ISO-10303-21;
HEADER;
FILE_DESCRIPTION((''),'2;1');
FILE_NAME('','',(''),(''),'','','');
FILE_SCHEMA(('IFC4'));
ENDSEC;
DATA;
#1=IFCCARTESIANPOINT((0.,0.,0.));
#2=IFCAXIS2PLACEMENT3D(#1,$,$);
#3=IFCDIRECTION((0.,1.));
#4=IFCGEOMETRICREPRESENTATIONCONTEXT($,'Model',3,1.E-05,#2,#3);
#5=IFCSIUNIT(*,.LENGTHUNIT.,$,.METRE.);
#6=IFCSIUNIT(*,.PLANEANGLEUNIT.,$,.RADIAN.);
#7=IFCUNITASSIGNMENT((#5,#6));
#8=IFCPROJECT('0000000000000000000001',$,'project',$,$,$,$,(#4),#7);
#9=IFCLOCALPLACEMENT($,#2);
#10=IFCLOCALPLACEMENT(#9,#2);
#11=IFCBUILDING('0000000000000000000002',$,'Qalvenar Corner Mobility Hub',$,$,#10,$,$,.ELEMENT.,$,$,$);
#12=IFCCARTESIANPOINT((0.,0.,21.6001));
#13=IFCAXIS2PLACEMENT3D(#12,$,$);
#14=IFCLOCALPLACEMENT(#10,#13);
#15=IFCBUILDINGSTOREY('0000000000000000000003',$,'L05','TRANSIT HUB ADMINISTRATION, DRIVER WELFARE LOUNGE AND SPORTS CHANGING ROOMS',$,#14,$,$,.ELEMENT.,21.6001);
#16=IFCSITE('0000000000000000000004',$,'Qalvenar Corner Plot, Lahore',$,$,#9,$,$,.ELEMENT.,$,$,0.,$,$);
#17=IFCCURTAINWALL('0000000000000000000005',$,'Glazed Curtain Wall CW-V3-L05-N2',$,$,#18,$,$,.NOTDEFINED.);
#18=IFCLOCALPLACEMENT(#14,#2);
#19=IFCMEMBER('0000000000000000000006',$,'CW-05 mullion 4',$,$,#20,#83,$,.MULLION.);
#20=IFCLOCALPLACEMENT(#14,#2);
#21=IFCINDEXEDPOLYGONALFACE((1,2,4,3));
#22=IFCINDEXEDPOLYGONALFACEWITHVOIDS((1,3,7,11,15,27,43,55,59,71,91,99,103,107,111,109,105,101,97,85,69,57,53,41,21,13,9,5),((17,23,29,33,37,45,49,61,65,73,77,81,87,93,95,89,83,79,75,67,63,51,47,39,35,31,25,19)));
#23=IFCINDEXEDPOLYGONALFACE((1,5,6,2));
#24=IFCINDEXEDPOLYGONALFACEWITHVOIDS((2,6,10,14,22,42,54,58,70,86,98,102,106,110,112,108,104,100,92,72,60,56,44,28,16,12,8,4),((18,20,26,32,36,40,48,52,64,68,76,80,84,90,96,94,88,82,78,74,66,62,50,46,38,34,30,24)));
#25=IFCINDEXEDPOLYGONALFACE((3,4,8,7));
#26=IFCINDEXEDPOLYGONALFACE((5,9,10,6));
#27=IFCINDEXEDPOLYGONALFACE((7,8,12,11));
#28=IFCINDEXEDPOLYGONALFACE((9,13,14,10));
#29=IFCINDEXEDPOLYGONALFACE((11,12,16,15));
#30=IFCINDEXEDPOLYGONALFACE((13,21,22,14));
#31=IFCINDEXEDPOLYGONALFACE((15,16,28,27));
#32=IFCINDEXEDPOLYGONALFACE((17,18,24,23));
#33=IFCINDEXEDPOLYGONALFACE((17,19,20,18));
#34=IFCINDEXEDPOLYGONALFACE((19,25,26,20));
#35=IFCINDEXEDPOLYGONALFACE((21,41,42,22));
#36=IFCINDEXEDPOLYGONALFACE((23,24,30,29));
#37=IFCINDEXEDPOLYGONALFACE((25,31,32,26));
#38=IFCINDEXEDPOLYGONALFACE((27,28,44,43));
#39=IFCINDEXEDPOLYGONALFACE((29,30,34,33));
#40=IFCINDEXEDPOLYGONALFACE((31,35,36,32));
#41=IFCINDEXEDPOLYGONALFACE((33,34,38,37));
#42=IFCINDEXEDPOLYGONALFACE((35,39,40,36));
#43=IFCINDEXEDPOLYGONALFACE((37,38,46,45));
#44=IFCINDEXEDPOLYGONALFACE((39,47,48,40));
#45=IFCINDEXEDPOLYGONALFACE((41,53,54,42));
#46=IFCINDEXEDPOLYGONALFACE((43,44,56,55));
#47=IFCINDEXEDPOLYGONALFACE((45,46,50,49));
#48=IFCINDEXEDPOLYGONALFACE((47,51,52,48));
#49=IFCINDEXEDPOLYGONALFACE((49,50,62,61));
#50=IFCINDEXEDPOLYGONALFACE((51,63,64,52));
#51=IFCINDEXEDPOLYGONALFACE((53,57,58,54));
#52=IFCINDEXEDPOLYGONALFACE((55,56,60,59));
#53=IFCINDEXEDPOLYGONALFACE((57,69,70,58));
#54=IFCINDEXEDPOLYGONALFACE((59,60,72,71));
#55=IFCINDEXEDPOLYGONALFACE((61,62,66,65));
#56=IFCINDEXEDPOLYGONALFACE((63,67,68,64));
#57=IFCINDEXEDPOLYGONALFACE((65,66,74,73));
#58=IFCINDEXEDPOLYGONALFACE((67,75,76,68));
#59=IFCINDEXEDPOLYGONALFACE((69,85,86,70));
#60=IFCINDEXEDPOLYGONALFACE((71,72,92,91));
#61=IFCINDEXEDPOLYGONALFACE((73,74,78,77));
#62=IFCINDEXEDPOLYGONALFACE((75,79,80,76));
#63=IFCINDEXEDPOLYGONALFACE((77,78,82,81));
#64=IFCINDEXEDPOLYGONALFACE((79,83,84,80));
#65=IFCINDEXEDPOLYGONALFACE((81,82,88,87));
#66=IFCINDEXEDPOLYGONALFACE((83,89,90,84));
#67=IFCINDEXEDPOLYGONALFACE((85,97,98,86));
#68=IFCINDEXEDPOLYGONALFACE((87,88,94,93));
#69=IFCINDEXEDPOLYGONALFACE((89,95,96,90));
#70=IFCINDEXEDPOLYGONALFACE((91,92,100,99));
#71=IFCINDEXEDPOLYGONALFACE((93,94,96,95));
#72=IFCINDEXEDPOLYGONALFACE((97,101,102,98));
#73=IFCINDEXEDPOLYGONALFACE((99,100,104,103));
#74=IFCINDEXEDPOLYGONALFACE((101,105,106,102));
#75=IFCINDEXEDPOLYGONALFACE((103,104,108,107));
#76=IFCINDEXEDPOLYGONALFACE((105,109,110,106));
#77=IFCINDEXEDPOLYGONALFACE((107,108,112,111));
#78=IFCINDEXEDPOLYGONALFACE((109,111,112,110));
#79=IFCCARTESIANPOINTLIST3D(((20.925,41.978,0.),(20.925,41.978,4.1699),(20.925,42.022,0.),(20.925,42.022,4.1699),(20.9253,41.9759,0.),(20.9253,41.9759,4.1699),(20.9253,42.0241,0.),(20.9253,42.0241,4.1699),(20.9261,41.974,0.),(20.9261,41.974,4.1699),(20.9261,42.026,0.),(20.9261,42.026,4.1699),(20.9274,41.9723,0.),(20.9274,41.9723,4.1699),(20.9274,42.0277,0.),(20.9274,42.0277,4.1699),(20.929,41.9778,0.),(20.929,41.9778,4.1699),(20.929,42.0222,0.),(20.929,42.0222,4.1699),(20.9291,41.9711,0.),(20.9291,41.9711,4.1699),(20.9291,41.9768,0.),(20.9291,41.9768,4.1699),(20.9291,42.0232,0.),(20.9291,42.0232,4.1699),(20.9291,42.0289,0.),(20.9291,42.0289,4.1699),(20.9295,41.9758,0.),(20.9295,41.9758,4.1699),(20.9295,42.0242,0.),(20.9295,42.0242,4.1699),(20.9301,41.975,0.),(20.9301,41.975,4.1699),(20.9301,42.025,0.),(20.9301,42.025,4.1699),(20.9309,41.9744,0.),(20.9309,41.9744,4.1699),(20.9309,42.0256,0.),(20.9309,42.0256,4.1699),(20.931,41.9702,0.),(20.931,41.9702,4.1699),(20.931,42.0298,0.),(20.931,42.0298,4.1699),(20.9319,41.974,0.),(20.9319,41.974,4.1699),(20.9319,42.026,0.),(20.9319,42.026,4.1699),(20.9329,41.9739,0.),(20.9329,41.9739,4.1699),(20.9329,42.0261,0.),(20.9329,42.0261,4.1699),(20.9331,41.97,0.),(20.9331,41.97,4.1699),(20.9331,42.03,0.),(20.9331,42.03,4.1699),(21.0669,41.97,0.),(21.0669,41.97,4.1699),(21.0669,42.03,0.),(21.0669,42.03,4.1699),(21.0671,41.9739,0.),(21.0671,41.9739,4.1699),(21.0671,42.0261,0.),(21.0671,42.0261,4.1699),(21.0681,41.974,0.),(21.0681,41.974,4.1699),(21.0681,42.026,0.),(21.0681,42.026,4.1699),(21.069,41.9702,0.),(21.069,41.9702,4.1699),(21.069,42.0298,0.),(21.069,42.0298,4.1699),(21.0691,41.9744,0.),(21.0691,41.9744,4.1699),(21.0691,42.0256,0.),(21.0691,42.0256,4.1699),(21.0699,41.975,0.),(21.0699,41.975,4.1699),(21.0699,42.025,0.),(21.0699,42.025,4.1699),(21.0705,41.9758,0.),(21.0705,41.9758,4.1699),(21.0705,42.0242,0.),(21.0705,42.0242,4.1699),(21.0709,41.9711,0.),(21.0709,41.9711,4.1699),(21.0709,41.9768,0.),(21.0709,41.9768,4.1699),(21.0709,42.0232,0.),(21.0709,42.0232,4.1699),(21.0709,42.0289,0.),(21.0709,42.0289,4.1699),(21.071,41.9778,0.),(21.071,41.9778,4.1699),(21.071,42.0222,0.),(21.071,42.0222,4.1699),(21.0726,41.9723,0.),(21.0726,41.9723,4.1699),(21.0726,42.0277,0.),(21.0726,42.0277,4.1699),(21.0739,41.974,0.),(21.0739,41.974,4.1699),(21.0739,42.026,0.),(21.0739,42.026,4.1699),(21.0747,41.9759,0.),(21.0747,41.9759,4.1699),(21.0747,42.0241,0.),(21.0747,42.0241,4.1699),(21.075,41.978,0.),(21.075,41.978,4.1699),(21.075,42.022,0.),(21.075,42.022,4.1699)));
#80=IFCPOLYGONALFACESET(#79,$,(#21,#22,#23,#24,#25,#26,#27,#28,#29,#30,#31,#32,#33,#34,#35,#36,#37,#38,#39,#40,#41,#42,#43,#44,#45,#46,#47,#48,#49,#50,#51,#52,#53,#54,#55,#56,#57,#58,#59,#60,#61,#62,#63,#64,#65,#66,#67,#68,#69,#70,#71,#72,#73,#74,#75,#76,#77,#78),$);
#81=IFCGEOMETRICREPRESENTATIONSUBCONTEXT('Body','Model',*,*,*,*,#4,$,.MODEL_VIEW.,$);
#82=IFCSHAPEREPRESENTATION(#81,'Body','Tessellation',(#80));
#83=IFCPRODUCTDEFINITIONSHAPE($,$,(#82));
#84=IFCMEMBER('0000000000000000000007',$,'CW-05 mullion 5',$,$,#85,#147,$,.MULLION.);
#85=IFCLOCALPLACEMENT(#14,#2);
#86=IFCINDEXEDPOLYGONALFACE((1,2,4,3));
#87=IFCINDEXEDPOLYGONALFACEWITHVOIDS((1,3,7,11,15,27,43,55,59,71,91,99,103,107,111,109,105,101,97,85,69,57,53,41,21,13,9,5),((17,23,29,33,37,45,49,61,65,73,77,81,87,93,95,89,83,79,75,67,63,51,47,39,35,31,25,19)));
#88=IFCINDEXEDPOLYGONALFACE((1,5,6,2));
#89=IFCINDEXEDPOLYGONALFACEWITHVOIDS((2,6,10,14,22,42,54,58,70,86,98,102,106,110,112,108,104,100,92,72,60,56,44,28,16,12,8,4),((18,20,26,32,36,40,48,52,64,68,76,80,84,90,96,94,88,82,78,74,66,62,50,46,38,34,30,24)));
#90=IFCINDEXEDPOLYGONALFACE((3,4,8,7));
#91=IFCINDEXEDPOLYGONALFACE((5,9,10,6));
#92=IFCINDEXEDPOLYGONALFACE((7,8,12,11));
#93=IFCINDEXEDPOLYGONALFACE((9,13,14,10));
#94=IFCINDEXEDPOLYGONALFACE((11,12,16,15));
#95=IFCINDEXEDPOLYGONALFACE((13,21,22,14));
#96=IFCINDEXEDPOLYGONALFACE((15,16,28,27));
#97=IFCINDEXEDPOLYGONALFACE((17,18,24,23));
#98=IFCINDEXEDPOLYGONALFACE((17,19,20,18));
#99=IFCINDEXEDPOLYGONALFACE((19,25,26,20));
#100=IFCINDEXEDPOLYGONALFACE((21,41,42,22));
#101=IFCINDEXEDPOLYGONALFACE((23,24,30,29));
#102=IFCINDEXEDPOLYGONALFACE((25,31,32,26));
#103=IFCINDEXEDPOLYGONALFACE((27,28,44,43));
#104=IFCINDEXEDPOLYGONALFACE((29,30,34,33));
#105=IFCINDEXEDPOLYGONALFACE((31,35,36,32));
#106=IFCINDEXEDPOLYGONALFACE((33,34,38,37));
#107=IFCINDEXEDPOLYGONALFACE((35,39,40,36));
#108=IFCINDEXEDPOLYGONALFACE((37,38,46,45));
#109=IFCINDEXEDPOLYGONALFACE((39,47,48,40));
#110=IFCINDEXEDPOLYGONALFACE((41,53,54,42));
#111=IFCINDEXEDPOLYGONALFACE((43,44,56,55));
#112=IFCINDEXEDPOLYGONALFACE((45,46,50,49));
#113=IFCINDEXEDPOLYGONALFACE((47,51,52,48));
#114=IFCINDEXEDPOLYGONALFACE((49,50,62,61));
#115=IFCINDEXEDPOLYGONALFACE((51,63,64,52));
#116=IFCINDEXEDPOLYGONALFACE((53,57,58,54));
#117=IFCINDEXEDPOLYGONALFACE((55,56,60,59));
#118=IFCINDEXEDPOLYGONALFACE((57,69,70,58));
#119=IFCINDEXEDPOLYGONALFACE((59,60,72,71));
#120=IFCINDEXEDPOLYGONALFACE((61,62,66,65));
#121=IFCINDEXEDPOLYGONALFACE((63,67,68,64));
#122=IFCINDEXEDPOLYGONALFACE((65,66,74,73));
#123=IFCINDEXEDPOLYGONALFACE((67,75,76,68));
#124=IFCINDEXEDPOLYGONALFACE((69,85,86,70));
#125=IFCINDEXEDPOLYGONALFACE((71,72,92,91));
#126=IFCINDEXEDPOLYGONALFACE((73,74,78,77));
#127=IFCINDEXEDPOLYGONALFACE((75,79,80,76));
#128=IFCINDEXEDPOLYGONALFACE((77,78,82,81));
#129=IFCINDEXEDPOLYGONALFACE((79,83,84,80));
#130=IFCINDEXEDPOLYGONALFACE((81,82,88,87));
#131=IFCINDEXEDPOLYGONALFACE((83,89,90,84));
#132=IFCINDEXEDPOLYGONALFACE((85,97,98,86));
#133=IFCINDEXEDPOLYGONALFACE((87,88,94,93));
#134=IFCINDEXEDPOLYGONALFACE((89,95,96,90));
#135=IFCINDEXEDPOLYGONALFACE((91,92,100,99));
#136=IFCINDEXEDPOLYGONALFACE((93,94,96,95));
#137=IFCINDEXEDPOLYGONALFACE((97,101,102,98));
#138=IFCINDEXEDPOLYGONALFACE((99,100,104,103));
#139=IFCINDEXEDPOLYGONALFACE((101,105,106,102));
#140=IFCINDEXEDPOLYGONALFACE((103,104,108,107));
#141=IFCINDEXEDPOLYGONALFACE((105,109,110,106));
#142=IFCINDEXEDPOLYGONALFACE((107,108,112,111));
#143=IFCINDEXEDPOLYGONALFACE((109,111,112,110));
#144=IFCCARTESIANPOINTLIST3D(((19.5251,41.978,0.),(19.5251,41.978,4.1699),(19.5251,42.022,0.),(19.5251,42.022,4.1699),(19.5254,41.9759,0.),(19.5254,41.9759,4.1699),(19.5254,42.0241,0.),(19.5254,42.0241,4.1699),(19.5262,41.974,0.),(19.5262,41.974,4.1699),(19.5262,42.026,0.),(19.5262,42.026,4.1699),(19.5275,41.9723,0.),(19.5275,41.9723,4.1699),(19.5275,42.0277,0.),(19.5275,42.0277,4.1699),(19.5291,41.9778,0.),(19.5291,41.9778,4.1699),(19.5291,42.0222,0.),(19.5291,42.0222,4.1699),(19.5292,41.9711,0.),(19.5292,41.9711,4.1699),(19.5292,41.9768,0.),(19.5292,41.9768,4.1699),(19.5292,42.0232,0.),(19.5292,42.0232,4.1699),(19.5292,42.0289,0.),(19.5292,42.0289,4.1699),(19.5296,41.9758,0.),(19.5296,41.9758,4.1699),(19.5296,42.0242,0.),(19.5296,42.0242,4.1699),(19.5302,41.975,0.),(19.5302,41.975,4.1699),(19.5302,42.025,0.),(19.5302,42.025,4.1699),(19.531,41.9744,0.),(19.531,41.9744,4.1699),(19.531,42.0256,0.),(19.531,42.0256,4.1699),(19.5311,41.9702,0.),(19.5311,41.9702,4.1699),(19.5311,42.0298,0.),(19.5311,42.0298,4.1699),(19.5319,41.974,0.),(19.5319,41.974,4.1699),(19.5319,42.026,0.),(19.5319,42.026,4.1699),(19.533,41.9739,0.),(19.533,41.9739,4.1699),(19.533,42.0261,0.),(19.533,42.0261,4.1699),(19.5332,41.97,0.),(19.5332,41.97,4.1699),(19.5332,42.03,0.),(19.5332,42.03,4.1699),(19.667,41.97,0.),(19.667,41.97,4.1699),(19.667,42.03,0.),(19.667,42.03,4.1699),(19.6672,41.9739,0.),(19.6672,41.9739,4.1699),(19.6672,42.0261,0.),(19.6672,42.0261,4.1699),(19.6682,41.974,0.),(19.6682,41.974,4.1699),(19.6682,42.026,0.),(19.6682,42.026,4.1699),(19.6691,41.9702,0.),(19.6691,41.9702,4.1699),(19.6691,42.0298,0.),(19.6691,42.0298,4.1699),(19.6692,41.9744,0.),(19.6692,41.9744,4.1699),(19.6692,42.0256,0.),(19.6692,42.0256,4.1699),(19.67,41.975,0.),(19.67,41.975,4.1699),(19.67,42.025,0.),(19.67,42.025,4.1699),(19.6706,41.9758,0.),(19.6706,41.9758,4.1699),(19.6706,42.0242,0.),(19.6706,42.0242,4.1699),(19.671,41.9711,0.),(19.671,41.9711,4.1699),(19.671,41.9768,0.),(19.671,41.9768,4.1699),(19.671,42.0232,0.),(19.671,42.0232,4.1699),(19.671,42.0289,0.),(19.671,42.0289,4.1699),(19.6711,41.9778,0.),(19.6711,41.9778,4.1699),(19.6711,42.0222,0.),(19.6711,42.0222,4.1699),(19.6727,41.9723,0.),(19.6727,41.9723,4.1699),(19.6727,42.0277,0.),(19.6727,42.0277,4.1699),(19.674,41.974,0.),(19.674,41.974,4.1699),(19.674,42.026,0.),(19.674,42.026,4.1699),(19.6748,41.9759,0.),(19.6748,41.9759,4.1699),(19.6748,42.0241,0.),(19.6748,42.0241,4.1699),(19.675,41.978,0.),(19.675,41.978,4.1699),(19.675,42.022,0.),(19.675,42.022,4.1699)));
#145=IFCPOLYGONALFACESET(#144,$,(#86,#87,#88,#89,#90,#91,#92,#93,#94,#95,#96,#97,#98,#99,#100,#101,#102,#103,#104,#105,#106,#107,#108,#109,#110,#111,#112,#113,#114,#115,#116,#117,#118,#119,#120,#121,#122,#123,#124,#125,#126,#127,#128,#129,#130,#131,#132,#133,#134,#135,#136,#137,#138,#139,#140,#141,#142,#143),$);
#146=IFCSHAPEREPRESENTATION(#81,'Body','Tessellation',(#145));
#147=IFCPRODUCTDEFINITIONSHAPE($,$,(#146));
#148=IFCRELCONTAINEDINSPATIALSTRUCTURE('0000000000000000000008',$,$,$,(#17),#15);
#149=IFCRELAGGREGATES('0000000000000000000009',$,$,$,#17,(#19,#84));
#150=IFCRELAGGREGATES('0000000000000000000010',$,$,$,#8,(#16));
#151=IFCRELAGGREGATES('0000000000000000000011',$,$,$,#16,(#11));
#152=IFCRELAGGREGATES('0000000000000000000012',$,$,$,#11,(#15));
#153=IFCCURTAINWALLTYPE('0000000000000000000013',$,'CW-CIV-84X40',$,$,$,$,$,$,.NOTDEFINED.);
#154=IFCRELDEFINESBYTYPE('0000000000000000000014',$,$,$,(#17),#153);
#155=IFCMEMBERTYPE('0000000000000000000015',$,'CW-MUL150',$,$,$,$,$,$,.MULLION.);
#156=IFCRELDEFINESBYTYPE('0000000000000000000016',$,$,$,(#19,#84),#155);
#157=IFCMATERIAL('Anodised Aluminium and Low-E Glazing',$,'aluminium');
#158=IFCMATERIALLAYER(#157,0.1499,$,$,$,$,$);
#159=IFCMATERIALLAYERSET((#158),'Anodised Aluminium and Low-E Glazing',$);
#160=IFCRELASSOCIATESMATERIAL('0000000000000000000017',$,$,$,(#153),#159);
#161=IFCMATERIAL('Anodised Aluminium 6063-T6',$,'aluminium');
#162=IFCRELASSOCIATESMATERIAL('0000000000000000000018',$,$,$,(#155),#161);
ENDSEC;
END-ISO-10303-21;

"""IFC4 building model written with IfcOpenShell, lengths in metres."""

from ifc_helpers import new_model, si_unit, direction, frame, origin, origin_2d, place, context, subcontext, project, spatial, hollow_rectangle, extrude, material, layer, layer_set, material_profile, profile_set, type_object, element, aggregate, save


model = new_model("IFC4")

# Units and contexts
model_context = context("Model", 3, precision=1e-05, world=origin(), true_north=direction((0.0, 1.0)))
body_context = subcontext(model_context, "Body", "Model", "MODEL_VIEW")
ifc_project = project(units=[si_unit("LENGTHUNIT", "METRE"), si_unit("PLANEANGLEUNIT", "RADIAN")], contexts=[model_context])

# Site, building, storey
site_placement = place(None, origin())
site = spatial("IfcSite", under=ifc_project, at=site_placement, Name="Qalvenar Corner Plot, Lahore", CompositionType="ELEMENT", RefElevation=0.0)
building_placement = place(site_placement, origin())
building = spatial("IfcBuilding", under=site, at=building_placement, Name="Qalvenar Corner Mobility Hub", CompositionType="ELEMENT")
storey_placement = place(building_placement, frame((0.0, 0.0, 21.6001)))
storey = spatial("IfcBuildingStorey", under=building, at=storey_placement, Name="L05", Description="TRANSIT HUB ADMINISTRATION, DRIVER WELFARE LOUNGE AND SPORTS CHANGING ROOMS", CompositionType="ELEMENT", Elevation=21.6001)

# Curtain wall, members
ifc_material_1 = material(Name="Anodised Aluminium and Low-E Glazing", Category="aluminium")
ifc_layer_1 = layer(ifc_material_1, 0.1499)
ifc_layer_set_1 = layer_set([ifc_layer_1], Name="Anodised Aluminium and Low-E Glazing")
curtain_wall_type = type_object("IfcCurtainWallType", Name="CW-CIV-84X40", PredefinedType="NOTDEFINED", material=ifc_layer_set_1)
curtain_wall_placement = place(storey_placement, origin())
curtain_wall = element("IfcCurtainWall", 1, at=curtain_wall_placement, inside=storey, type_object=curtain_wall_type, Name="Glazed Curtain Wall CW-V3-L05-N2", PredefinedType="NOTDEFINED")
ifc_material_2 = material(Name="Anodised Aluminium 6063-T6", Category="aluminium")
ifc_material_profile_1 = material_profile(ifc_material_2, hollow_rectangle(XDim=0.0601, YDim=0.1499, WallThickness=0.0039, InnerFilletRadius=0.0039, OuterFilletRadius=0.0081, at=origin_2d()), Name="RHS150x60x4")
ifc_profile_set_1 = profile_set([ifc_material_profile_1], Name="Anodised Aluminium 6063-T6")
member_type_1 = type_object("IfcMemberType", Name="CW-MUL150", PredefinedType="MULLION", material=ifc_profile_set_1)
member_1_placement = place(storey_placement, frame((21.0, 42.0, 0.0), z_axis=(0.0, 0.0, 1.0), x_axis=(0.0, -1.0, 0.0)))
member_1 = element("IfcMember", 2, at=member_1_placement, type_object=member_type_1, Name="CW-05 mullion 4", PredefinedType="MULLION", context=body_context, shape_type="SweptSolid", body=[
    extrude(hollow_rectangle(XDim=0.0601, YDim=0.1499, WallThickness=0.0039, InnerFilletRadius=0.0039, OuterFilletRadius=0.0081, at=origin_2d()), origin(), (0.0, 0.0, 1.0), 4.1699),
])
member_2_placement = place(storey_placement, frame((19.6001, 42.0, 0.0), z_axis=(0.0, 0.0, 1.0), x_axis=(0.0, -1.0, 0.0)))
member_2 = element("IfcMember", 3, at=member_2_placement, type_object=member_type_1, Name="CW-05 mullion 5", PredefinedType="MULLION", context=body_context, shape_type="SweptSolid", body=[
    extrude(hollow_rectangle(XDim=0.0601, YDim=0.1499, WallThickness=0.0039, InnerFilletRadius=0.0039, OuterFilletRadius=0.0081, at=origin_2d()), origin(), (0.0, 0.0, 1.0), 4.1699),
])
aggregate(curtain_wall, [member_1, member_2])

save(model, "model.ifc")
